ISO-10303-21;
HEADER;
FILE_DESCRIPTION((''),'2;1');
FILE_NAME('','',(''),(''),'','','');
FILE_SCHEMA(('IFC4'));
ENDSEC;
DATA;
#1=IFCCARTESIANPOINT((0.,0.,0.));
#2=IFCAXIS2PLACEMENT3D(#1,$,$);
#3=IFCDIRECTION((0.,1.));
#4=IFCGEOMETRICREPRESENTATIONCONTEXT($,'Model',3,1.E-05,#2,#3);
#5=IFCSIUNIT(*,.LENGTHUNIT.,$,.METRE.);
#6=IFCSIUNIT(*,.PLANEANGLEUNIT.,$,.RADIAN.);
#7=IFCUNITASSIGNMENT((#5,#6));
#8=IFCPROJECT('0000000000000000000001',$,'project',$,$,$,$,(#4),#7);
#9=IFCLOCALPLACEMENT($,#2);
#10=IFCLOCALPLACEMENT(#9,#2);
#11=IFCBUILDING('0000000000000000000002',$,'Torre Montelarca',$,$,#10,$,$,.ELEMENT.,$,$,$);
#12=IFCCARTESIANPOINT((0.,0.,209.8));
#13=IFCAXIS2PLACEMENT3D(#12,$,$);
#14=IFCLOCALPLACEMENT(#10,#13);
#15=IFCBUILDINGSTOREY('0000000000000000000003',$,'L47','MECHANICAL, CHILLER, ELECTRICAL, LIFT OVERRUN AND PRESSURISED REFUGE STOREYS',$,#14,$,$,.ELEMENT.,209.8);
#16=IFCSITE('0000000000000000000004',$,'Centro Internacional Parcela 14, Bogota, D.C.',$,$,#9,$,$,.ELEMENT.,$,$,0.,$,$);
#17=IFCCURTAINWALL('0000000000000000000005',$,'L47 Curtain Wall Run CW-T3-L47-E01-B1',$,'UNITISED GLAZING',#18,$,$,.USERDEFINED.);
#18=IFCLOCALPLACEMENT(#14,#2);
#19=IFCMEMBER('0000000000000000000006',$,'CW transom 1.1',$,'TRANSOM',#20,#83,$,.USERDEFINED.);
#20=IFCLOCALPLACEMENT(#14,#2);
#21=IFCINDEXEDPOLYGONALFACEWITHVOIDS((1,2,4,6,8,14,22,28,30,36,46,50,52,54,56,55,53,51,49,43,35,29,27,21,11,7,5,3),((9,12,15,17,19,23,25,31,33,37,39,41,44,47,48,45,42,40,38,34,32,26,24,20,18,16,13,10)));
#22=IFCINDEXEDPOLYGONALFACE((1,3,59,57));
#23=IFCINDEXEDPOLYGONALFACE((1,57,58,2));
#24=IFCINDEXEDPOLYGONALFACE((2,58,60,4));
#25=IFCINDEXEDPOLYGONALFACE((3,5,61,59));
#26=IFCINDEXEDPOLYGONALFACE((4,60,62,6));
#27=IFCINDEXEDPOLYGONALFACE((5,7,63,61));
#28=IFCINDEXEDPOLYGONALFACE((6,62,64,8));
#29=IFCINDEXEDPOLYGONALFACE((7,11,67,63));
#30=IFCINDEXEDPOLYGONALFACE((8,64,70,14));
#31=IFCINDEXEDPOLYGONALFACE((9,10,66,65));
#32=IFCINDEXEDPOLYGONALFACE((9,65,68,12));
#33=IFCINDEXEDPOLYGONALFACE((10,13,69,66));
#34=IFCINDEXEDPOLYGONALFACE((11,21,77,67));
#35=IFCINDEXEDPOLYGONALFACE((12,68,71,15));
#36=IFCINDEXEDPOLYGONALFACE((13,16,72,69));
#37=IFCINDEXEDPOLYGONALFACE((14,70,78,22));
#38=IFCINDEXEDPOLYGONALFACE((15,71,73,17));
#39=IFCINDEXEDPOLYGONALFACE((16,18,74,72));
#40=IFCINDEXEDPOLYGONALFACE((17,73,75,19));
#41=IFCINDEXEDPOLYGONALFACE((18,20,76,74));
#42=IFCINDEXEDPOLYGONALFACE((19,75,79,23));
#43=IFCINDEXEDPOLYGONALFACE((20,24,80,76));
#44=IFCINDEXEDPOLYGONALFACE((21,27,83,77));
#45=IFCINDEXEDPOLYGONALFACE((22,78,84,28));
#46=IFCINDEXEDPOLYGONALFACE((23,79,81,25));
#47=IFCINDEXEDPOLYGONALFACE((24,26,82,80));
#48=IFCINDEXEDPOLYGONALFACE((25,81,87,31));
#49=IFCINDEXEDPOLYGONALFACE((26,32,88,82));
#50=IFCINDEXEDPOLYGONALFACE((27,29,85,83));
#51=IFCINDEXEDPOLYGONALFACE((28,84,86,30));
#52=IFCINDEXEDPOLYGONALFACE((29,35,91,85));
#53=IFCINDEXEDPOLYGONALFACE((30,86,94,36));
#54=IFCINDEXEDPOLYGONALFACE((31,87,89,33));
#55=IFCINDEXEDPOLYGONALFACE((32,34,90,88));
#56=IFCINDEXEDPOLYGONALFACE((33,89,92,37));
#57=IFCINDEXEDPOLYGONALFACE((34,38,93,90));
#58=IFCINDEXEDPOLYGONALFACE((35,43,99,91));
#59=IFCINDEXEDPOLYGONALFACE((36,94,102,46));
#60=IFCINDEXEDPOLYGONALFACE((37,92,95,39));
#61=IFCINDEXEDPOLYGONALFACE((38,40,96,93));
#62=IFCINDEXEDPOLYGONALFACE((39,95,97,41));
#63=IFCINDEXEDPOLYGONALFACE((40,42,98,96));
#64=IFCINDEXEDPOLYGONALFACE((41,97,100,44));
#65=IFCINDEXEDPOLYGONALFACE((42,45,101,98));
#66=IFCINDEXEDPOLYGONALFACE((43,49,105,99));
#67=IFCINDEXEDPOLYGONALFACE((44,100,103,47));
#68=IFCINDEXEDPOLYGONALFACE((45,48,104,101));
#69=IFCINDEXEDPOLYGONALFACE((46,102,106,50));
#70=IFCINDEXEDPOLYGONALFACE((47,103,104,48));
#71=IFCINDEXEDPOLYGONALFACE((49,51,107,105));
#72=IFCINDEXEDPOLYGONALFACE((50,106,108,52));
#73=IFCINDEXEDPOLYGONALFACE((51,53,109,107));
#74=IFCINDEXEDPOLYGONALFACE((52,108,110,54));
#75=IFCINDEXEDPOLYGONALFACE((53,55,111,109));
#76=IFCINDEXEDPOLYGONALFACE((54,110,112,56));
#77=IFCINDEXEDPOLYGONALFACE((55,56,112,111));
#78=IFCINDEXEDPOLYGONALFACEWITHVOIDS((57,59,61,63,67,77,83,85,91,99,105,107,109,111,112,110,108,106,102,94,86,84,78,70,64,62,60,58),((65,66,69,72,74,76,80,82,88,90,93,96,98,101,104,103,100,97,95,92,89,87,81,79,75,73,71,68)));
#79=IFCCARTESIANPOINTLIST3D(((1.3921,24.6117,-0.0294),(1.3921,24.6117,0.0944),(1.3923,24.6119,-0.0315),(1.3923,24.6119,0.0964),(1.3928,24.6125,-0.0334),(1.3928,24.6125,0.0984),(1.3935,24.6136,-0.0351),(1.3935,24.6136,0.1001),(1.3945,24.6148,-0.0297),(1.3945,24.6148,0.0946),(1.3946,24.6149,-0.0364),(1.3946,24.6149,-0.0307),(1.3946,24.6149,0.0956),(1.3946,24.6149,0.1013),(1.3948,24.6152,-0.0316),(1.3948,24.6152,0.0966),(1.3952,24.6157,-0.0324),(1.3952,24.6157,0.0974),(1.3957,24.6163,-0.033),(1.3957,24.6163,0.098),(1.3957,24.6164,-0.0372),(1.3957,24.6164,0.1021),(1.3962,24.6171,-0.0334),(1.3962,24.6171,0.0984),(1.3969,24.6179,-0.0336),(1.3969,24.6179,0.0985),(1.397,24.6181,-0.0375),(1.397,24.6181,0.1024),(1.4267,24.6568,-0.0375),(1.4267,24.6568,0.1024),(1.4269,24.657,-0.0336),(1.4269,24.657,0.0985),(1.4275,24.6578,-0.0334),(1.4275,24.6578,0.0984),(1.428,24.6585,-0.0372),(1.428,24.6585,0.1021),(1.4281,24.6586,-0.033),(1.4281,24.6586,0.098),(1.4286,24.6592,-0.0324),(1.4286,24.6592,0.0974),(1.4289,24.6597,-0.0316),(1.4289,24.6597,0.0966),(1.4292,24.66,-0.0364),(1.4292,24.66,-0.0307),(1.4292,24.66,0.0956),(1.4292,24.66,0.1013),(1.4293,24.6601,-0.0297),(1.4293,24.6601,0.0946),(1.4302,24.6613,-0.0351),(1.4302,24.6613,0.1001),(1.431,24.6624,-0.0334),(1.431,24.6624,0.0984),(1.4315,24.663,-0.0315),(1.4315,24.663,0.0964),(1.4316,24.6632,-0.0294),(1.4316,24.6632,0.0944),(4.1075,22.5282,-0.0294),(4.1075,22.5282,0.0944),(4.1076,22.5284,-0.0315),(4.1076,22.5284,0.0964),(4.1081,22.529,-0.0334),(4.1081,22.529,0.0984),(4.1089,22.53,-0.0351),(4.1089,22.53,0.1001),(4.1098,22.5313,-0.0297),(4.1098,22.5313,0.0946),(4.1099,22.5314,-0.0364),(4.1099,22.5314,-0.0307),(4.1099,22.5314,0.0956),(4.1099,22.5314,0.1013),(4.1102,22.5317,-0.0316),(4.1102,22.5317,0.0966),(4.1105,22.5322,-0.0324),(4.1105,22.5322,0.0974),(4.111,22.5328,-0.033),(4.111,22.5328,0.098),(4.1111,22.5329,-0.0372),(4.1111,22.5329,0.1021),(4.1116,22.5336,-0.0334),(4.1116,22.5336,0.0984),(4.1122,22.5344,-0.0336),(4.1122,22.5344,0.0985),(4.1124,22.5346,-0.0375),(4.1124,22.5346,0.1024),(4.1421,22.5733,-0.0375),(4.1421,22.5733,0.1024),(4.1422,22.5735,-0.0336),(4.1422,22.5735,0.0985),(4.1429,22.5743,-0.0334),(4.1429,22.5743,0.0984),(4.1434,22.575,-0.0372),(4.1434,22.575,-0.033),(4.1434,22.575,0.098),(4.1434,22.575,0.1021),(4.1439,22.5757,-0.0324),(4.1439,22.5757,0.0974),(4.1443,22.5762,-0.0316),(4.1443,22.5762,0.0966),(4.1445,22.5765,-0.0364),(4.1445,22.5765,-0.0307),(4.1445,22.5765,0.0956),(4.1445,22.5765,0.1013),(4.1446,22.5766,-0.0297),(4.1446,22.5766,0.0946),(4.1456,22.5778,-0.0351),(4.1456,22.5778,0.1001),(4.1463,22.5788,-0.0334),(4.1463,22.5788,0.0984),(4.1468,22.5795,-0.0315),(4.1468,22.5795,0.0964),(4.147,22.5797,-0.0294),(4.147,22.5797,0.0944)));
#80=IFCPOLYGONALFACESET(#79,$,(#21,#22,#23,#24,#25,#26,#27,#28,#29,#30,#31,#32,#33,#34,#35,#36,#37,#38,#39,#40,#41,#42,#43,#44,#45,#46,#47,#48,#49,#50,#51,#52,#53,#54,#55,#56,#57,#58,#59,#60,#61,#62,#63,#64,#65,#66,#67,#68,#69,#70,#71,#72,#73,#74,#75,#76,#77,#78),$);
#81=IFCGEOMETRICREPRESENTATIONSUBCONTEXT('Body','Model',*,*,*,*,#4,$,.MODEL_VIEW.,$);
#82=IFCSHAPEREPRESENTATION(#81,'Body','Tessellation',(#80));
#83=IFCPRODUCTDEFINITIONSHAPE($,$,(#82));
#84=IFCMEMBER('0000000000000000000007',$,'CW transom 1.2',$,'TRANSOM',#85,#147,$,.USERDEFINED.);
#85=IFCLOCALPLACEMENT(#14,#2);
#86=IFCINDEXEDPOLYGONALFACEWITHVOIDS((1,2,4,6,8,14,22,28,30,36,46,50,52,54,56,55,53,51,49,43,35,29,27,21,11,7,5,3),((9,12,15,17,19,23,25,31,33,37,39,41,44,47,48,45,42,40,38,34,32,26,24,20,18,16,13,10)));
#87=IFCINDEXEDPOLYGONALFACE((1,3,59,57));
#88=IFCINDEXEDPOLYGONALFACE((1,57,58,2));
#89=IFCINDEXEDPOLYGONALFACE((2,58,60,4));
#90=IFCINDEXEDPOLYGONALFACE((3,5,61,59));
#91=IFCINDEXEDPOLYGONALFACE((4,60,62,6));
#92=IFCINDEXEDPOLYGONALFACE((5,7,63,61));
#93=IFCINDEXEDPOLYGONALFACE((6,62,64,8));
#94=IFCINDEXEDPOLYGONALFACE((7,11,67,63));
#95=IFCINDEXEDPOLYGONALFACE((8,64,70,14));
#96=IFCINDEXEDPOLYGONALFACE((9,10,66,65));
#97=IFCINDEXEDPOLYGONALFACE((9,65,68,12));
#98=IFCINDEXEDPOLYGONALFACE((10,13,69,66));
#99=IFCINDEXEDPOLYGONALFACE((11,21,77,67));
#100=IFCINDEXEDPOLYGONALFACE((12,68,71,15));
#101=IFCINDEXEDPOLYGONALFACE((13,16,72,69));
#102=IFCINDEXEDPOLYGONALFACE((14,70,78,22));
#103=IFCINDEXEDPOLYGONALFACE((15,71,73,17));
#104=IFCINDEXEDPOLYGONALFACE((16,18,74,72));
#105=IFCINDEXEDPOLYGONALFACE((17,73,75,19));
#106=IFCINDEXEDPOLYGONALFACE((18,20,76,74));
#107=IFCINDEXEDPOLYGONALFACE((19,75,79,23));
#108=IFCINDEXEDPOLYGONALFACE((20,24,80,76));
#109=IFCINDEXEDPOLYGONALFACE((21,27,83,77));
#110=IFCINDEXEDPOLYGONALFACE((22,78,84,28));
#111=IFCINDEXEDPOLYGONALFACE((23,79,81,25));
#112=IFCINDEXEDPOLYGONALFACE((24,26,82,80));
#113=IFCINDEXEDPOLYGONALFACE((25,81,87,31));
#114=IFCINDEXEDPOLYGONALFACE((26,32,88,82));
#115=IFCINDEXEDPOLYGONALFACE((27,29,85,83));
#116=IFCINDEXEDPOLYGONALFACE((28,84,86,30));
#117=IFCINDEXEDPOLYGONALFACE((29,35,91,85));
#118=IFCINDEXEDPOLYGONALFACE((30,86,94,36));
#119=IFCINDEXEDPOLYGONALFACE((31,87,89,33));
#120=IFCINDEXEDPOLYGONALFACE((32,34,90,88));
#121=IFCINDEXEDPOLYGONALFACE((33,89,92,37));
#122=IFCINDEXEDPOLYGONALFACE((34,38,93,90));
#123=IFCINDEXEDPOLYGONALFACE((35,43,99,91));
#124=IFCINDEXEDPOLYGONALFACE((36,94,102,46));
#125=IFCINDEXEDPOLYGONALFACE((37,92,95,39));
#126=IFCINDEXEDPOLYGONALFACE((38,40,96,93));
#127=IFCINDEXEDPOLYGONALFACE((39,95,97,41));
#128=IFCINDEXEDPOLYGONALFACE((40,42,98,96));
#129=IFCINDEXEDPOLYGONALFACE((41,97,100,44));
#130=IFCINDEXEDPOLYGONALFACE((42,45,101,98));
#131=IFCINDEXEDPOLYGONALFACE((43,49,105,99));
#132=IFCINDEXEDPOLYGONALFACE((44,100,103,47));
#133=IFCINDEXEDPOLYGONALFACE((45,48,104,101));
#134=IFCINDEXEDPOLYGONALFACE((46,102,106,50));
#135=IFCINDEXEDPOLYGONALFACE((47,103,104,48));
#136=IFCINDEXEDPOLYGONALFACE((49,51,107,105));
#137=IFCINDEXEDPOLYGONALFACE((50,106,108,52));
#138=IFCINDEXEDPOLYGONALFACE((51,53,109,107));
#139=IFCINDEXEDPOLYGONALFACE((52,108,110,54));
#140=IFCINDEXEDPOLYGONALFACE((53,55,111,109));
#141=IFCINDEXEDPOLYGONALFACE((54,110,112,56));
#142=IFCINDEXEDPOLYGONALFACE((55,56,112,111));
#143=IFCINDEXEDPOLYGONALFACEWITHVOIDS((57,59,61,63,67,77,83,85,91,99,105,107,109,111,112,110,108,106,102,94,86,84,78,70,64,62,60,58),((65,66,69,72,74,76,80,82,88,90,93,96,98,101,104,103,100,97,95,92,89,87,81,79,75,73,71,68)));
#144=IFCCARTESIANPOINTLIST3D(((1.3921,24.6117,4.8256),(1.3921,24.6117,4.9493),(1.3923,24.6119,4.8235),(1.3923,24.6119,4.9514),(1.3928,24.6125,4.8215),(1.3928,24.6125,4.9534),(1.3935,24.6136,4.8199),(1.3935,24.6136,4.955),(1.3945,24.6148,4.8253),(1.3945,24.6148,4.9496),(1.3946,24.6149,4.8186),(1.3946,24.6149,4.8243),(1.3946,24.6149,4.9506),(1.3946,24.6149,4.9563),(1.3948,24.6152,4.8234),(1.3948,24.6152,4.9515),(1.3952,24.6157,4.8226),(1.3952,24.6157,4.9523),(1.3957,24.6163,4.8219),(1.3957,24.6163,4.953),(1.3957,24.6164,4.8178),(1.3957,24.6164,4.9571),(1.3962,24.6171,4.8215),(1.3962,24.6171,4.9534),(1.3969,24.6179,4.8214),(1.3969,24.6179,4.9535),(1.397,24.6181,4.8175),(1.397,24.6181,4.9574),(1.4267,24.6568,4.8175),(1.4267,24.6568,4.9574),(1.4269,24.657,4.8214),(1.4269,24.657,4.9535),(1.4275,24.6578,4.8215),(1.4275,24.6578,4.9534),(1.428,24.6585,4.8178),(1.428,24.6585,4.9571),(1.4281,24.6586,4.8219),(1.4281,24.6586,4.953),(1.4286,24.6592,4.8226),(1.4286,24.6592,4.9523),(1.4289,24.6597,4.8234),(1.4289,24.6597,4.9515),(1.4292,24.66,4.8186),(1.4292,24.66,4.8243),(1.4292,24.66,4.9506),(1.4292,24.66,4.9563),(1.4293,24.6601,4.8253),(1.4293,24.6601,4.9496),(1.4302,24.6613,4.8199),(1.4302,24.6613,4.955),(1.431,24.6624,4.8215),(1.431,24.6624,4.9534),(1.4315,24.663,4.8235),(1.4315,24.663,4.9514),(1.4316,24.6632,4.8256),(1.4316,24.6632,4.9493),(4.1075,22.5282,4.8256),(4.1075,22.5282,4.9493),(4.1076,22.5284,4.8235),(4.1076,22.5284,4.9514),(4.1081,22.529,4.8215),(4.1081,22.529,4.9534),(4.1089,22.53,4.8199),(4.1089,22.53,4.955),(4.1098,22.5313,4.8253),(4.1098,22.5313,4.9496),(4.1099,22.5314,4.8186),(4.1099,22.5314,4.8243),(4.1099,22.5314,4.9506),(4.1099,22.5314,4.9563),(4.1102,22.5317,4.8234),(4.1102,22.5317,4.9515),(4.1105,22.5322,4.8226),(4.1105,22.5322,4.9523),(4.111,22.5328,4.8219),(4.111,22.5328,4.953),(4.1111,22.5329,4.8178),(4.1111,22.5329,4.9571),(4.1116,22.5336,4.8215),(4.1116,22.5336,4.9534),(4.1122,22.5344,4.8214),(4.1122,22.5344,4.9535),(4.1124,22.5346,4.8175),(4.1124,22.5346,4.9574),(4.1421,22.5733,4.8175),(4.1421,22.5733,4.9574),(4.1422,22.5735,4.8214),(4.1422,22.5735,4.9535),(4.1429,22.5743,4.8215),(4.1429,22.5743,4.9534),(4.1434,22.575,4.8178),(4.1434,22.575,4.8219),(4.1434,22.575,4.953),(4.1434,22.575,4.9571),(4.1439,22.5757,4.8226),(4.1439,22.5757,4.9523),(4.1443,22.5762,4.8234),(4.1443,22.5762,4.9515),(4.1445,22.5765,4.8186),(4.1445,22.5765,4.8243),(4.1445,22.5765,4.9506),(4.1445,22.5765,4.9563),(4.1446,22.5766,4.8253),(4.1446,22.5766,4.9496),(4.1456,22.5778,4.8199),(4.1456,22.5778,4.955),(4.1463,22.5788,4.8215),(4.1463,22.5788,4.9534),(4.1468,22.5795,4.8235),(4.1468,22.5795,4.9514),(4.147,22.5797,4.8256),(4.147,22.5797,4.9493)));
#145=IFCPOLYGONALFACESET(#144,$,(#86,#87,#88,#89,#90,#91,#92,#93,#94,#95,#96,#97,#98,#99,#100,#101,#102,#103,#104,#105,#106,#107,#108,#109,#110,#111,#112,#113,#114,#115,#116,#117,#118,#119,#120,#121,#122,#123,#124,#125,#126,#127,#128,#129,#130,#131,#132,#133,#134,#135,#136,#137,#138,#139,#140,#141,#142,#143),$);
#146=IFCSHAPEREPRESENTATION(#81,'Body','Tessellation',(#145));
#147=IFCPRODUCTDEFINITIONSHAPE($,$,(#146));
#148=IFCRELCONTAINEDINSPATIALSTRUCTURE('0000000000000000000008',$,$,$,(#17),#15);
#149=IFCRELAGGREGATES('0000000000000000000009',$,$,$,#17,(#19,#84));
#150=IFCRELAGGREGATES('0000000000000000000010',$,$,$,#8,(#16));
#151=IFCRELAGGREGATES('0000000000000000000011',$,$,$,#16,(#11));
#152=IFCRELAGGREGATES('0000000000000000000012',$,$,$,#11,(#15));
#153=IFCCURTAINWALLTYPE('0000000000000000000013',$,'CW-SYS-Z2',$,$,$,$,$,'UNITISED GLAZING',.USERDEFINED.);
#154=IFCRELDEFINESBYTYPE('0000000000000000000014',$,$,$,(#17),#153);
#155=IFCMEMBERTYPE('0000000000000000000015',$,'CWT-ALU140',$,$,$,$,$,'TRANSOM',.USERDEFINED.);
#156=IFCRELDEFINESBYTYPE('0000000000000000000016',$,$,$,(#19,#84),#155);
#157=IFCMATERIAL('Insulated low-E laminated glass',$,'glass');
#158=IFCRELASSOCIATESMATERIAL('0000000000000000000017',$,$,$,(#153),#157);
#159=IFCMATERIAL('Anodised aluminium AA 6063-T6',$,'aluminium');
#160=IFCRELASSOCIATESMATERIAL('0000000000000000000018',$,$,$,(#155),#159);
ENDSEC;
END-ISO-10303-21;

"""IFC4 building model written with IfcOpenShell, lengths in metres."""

from ifc_helpers import new_model, si_unit, direction, frame, origin, origin_2d, place, context, subcontext, project, spatial, hollow_rectangle, extrude, source, transform, mapped, material, material_profile, profile_set, type_object, element, aggregate, save


model = new_model("IFC4")

# Units and contexts
model_context = context("Model", 3, precision=1e-05, world=origin(), true_north=direction((0.0, 1.0)))
body_context = subcontext(model_context, "Body", "Model", "MODEL_VIEW")
ifc_project = project(units=[si_unit("LENGTHUNIT", "METRE"), si_unit("PLANEANGLEUNIT", "RADIAN")], contexts=[model_context])

# Site, building, storey
site_placement = place(None, origin())
site = spatial("IfcSite", under=ifc_project, at=site_placement, Name="Centro Internacional Parcela 14, Bogota, D.C.", CompositionType="ELEMENT", RefElevation=0.0)
building_placement = place(site_placement, origin())
building = spatial("IfcBuilding", under=site, at=building_placement, Name="Torre Montelarca", CompositionType="ELEMENT")
storey_placement = place(building_placement, frame((0.0, 0.0, 209.8)))
storey = spatial("IfcBuildingStorey", under=building, at=storey_placement, Name="L47", Description="MECHANICAL, CHILLER, ELECTRICAL, LIFT OVERRUN AND PRESSURISED REFUGE STOREYS", CompositionType="ELEMENT", Elevation=209.8)

# Curtain wall
ifc_material_1 = material(Name="Insulated low-E laminated glass", Category="glass")
curtain_wall_type = type_object("IfcCurtainWallType", Name="CW-SYS-Z2", ElementType="UNITISED GLAZING", PredefinedType="USERDEFINED", material=ifc_material_1)
curtain_wall_1_placement = place(storey_placement, origin())
curtain_wall_1 = element("IfcCurtainWall", 1, at=curtain_wall_1_placement, inside=storey, type_object=curtain_wall_type, Name="L47 Curtain Wall Run CW-T3-L47-E01-B1", ObjectType="UNITISED GLAZING", PredefinedType="USERDEFINED")
ifc_material_2 = material(Name="Anodised aluminium AA 6063-T6", Category="aluminium")

# Members
ifc_material_profile_1 = material_profile(ifc_material_2, hollow_rectangle(XDim=0.0649, YDim=0.1399, WallThickness=0.0039, InnerFilletRadius=0.0039, OuterFilletRadius=0.0081, at=origin_2d()), Name="ALU65X140X4", Category="aluminium")
ifc_profile_set_1 = profile_set([ifc_material_profile_1], Name="Anodised aluminium AA 6063-T6")
member_type_1 = type_object("IfcMemberType", Name="CWT-ALU140", ElementType="TRANSOM", PredefinedType="USERDEFINED", material=ifc_profile_set_1)
shared_shape_1 = source(origin(), body_context, "Body", "SweptSolid", [
    extrude(hollow_rectangle(XDim=0.0649, YDim=0.1399, WallThickness=0.0039, InnerFilletRadius=0.0039, OuterFilletRadius=0.0081, at=origin_2d()), origin(), (0.0, 0.0, 1.0), 3.4226),
])
member_1_placement = place(storey_placement, frame((1.4119, 24.6375, 0.0325), z_axis=(0.793361, -0.608752, 0.0), x_axis=(0.608752, 0.793361, 0.0)))
member_1 = element("IfcMember", 2, at=member_1_placement, type_object=member_type_1, Name="CW transom 1.1", ObjectType="TRANSOM", PredefinedType="USERDEFINED", context=body_context, shape_type="MappedRepresentation", body=[
    mapped(shared_shape_1, transform((0.0, 0.0, 0.0), scale=1.0)),
])
member_2_placement = place(storey_placement, frame((1.4119, 24.6375, 4.8875), z_axis=(0.793361, -0.608752, 0.0), x_axis=(0.608752, 0.793361, 0.0)))
member_2 = element("IfcMember", 3, at=member_2_placement, type_object=member_type_1, Name="CW transom 1.2", ObjectType="TRANSOM", PredefinedType="USERDEFINED", context=body_context, shape_type="MappedRepresentation", body=[
    mapped(shared_shape_1, transform((0.0, 0.0, 0.0), scale=1.0)),
])

aggregate(curtain_wall_1, [member_1, member_2])

save(model, "model.ifc")
